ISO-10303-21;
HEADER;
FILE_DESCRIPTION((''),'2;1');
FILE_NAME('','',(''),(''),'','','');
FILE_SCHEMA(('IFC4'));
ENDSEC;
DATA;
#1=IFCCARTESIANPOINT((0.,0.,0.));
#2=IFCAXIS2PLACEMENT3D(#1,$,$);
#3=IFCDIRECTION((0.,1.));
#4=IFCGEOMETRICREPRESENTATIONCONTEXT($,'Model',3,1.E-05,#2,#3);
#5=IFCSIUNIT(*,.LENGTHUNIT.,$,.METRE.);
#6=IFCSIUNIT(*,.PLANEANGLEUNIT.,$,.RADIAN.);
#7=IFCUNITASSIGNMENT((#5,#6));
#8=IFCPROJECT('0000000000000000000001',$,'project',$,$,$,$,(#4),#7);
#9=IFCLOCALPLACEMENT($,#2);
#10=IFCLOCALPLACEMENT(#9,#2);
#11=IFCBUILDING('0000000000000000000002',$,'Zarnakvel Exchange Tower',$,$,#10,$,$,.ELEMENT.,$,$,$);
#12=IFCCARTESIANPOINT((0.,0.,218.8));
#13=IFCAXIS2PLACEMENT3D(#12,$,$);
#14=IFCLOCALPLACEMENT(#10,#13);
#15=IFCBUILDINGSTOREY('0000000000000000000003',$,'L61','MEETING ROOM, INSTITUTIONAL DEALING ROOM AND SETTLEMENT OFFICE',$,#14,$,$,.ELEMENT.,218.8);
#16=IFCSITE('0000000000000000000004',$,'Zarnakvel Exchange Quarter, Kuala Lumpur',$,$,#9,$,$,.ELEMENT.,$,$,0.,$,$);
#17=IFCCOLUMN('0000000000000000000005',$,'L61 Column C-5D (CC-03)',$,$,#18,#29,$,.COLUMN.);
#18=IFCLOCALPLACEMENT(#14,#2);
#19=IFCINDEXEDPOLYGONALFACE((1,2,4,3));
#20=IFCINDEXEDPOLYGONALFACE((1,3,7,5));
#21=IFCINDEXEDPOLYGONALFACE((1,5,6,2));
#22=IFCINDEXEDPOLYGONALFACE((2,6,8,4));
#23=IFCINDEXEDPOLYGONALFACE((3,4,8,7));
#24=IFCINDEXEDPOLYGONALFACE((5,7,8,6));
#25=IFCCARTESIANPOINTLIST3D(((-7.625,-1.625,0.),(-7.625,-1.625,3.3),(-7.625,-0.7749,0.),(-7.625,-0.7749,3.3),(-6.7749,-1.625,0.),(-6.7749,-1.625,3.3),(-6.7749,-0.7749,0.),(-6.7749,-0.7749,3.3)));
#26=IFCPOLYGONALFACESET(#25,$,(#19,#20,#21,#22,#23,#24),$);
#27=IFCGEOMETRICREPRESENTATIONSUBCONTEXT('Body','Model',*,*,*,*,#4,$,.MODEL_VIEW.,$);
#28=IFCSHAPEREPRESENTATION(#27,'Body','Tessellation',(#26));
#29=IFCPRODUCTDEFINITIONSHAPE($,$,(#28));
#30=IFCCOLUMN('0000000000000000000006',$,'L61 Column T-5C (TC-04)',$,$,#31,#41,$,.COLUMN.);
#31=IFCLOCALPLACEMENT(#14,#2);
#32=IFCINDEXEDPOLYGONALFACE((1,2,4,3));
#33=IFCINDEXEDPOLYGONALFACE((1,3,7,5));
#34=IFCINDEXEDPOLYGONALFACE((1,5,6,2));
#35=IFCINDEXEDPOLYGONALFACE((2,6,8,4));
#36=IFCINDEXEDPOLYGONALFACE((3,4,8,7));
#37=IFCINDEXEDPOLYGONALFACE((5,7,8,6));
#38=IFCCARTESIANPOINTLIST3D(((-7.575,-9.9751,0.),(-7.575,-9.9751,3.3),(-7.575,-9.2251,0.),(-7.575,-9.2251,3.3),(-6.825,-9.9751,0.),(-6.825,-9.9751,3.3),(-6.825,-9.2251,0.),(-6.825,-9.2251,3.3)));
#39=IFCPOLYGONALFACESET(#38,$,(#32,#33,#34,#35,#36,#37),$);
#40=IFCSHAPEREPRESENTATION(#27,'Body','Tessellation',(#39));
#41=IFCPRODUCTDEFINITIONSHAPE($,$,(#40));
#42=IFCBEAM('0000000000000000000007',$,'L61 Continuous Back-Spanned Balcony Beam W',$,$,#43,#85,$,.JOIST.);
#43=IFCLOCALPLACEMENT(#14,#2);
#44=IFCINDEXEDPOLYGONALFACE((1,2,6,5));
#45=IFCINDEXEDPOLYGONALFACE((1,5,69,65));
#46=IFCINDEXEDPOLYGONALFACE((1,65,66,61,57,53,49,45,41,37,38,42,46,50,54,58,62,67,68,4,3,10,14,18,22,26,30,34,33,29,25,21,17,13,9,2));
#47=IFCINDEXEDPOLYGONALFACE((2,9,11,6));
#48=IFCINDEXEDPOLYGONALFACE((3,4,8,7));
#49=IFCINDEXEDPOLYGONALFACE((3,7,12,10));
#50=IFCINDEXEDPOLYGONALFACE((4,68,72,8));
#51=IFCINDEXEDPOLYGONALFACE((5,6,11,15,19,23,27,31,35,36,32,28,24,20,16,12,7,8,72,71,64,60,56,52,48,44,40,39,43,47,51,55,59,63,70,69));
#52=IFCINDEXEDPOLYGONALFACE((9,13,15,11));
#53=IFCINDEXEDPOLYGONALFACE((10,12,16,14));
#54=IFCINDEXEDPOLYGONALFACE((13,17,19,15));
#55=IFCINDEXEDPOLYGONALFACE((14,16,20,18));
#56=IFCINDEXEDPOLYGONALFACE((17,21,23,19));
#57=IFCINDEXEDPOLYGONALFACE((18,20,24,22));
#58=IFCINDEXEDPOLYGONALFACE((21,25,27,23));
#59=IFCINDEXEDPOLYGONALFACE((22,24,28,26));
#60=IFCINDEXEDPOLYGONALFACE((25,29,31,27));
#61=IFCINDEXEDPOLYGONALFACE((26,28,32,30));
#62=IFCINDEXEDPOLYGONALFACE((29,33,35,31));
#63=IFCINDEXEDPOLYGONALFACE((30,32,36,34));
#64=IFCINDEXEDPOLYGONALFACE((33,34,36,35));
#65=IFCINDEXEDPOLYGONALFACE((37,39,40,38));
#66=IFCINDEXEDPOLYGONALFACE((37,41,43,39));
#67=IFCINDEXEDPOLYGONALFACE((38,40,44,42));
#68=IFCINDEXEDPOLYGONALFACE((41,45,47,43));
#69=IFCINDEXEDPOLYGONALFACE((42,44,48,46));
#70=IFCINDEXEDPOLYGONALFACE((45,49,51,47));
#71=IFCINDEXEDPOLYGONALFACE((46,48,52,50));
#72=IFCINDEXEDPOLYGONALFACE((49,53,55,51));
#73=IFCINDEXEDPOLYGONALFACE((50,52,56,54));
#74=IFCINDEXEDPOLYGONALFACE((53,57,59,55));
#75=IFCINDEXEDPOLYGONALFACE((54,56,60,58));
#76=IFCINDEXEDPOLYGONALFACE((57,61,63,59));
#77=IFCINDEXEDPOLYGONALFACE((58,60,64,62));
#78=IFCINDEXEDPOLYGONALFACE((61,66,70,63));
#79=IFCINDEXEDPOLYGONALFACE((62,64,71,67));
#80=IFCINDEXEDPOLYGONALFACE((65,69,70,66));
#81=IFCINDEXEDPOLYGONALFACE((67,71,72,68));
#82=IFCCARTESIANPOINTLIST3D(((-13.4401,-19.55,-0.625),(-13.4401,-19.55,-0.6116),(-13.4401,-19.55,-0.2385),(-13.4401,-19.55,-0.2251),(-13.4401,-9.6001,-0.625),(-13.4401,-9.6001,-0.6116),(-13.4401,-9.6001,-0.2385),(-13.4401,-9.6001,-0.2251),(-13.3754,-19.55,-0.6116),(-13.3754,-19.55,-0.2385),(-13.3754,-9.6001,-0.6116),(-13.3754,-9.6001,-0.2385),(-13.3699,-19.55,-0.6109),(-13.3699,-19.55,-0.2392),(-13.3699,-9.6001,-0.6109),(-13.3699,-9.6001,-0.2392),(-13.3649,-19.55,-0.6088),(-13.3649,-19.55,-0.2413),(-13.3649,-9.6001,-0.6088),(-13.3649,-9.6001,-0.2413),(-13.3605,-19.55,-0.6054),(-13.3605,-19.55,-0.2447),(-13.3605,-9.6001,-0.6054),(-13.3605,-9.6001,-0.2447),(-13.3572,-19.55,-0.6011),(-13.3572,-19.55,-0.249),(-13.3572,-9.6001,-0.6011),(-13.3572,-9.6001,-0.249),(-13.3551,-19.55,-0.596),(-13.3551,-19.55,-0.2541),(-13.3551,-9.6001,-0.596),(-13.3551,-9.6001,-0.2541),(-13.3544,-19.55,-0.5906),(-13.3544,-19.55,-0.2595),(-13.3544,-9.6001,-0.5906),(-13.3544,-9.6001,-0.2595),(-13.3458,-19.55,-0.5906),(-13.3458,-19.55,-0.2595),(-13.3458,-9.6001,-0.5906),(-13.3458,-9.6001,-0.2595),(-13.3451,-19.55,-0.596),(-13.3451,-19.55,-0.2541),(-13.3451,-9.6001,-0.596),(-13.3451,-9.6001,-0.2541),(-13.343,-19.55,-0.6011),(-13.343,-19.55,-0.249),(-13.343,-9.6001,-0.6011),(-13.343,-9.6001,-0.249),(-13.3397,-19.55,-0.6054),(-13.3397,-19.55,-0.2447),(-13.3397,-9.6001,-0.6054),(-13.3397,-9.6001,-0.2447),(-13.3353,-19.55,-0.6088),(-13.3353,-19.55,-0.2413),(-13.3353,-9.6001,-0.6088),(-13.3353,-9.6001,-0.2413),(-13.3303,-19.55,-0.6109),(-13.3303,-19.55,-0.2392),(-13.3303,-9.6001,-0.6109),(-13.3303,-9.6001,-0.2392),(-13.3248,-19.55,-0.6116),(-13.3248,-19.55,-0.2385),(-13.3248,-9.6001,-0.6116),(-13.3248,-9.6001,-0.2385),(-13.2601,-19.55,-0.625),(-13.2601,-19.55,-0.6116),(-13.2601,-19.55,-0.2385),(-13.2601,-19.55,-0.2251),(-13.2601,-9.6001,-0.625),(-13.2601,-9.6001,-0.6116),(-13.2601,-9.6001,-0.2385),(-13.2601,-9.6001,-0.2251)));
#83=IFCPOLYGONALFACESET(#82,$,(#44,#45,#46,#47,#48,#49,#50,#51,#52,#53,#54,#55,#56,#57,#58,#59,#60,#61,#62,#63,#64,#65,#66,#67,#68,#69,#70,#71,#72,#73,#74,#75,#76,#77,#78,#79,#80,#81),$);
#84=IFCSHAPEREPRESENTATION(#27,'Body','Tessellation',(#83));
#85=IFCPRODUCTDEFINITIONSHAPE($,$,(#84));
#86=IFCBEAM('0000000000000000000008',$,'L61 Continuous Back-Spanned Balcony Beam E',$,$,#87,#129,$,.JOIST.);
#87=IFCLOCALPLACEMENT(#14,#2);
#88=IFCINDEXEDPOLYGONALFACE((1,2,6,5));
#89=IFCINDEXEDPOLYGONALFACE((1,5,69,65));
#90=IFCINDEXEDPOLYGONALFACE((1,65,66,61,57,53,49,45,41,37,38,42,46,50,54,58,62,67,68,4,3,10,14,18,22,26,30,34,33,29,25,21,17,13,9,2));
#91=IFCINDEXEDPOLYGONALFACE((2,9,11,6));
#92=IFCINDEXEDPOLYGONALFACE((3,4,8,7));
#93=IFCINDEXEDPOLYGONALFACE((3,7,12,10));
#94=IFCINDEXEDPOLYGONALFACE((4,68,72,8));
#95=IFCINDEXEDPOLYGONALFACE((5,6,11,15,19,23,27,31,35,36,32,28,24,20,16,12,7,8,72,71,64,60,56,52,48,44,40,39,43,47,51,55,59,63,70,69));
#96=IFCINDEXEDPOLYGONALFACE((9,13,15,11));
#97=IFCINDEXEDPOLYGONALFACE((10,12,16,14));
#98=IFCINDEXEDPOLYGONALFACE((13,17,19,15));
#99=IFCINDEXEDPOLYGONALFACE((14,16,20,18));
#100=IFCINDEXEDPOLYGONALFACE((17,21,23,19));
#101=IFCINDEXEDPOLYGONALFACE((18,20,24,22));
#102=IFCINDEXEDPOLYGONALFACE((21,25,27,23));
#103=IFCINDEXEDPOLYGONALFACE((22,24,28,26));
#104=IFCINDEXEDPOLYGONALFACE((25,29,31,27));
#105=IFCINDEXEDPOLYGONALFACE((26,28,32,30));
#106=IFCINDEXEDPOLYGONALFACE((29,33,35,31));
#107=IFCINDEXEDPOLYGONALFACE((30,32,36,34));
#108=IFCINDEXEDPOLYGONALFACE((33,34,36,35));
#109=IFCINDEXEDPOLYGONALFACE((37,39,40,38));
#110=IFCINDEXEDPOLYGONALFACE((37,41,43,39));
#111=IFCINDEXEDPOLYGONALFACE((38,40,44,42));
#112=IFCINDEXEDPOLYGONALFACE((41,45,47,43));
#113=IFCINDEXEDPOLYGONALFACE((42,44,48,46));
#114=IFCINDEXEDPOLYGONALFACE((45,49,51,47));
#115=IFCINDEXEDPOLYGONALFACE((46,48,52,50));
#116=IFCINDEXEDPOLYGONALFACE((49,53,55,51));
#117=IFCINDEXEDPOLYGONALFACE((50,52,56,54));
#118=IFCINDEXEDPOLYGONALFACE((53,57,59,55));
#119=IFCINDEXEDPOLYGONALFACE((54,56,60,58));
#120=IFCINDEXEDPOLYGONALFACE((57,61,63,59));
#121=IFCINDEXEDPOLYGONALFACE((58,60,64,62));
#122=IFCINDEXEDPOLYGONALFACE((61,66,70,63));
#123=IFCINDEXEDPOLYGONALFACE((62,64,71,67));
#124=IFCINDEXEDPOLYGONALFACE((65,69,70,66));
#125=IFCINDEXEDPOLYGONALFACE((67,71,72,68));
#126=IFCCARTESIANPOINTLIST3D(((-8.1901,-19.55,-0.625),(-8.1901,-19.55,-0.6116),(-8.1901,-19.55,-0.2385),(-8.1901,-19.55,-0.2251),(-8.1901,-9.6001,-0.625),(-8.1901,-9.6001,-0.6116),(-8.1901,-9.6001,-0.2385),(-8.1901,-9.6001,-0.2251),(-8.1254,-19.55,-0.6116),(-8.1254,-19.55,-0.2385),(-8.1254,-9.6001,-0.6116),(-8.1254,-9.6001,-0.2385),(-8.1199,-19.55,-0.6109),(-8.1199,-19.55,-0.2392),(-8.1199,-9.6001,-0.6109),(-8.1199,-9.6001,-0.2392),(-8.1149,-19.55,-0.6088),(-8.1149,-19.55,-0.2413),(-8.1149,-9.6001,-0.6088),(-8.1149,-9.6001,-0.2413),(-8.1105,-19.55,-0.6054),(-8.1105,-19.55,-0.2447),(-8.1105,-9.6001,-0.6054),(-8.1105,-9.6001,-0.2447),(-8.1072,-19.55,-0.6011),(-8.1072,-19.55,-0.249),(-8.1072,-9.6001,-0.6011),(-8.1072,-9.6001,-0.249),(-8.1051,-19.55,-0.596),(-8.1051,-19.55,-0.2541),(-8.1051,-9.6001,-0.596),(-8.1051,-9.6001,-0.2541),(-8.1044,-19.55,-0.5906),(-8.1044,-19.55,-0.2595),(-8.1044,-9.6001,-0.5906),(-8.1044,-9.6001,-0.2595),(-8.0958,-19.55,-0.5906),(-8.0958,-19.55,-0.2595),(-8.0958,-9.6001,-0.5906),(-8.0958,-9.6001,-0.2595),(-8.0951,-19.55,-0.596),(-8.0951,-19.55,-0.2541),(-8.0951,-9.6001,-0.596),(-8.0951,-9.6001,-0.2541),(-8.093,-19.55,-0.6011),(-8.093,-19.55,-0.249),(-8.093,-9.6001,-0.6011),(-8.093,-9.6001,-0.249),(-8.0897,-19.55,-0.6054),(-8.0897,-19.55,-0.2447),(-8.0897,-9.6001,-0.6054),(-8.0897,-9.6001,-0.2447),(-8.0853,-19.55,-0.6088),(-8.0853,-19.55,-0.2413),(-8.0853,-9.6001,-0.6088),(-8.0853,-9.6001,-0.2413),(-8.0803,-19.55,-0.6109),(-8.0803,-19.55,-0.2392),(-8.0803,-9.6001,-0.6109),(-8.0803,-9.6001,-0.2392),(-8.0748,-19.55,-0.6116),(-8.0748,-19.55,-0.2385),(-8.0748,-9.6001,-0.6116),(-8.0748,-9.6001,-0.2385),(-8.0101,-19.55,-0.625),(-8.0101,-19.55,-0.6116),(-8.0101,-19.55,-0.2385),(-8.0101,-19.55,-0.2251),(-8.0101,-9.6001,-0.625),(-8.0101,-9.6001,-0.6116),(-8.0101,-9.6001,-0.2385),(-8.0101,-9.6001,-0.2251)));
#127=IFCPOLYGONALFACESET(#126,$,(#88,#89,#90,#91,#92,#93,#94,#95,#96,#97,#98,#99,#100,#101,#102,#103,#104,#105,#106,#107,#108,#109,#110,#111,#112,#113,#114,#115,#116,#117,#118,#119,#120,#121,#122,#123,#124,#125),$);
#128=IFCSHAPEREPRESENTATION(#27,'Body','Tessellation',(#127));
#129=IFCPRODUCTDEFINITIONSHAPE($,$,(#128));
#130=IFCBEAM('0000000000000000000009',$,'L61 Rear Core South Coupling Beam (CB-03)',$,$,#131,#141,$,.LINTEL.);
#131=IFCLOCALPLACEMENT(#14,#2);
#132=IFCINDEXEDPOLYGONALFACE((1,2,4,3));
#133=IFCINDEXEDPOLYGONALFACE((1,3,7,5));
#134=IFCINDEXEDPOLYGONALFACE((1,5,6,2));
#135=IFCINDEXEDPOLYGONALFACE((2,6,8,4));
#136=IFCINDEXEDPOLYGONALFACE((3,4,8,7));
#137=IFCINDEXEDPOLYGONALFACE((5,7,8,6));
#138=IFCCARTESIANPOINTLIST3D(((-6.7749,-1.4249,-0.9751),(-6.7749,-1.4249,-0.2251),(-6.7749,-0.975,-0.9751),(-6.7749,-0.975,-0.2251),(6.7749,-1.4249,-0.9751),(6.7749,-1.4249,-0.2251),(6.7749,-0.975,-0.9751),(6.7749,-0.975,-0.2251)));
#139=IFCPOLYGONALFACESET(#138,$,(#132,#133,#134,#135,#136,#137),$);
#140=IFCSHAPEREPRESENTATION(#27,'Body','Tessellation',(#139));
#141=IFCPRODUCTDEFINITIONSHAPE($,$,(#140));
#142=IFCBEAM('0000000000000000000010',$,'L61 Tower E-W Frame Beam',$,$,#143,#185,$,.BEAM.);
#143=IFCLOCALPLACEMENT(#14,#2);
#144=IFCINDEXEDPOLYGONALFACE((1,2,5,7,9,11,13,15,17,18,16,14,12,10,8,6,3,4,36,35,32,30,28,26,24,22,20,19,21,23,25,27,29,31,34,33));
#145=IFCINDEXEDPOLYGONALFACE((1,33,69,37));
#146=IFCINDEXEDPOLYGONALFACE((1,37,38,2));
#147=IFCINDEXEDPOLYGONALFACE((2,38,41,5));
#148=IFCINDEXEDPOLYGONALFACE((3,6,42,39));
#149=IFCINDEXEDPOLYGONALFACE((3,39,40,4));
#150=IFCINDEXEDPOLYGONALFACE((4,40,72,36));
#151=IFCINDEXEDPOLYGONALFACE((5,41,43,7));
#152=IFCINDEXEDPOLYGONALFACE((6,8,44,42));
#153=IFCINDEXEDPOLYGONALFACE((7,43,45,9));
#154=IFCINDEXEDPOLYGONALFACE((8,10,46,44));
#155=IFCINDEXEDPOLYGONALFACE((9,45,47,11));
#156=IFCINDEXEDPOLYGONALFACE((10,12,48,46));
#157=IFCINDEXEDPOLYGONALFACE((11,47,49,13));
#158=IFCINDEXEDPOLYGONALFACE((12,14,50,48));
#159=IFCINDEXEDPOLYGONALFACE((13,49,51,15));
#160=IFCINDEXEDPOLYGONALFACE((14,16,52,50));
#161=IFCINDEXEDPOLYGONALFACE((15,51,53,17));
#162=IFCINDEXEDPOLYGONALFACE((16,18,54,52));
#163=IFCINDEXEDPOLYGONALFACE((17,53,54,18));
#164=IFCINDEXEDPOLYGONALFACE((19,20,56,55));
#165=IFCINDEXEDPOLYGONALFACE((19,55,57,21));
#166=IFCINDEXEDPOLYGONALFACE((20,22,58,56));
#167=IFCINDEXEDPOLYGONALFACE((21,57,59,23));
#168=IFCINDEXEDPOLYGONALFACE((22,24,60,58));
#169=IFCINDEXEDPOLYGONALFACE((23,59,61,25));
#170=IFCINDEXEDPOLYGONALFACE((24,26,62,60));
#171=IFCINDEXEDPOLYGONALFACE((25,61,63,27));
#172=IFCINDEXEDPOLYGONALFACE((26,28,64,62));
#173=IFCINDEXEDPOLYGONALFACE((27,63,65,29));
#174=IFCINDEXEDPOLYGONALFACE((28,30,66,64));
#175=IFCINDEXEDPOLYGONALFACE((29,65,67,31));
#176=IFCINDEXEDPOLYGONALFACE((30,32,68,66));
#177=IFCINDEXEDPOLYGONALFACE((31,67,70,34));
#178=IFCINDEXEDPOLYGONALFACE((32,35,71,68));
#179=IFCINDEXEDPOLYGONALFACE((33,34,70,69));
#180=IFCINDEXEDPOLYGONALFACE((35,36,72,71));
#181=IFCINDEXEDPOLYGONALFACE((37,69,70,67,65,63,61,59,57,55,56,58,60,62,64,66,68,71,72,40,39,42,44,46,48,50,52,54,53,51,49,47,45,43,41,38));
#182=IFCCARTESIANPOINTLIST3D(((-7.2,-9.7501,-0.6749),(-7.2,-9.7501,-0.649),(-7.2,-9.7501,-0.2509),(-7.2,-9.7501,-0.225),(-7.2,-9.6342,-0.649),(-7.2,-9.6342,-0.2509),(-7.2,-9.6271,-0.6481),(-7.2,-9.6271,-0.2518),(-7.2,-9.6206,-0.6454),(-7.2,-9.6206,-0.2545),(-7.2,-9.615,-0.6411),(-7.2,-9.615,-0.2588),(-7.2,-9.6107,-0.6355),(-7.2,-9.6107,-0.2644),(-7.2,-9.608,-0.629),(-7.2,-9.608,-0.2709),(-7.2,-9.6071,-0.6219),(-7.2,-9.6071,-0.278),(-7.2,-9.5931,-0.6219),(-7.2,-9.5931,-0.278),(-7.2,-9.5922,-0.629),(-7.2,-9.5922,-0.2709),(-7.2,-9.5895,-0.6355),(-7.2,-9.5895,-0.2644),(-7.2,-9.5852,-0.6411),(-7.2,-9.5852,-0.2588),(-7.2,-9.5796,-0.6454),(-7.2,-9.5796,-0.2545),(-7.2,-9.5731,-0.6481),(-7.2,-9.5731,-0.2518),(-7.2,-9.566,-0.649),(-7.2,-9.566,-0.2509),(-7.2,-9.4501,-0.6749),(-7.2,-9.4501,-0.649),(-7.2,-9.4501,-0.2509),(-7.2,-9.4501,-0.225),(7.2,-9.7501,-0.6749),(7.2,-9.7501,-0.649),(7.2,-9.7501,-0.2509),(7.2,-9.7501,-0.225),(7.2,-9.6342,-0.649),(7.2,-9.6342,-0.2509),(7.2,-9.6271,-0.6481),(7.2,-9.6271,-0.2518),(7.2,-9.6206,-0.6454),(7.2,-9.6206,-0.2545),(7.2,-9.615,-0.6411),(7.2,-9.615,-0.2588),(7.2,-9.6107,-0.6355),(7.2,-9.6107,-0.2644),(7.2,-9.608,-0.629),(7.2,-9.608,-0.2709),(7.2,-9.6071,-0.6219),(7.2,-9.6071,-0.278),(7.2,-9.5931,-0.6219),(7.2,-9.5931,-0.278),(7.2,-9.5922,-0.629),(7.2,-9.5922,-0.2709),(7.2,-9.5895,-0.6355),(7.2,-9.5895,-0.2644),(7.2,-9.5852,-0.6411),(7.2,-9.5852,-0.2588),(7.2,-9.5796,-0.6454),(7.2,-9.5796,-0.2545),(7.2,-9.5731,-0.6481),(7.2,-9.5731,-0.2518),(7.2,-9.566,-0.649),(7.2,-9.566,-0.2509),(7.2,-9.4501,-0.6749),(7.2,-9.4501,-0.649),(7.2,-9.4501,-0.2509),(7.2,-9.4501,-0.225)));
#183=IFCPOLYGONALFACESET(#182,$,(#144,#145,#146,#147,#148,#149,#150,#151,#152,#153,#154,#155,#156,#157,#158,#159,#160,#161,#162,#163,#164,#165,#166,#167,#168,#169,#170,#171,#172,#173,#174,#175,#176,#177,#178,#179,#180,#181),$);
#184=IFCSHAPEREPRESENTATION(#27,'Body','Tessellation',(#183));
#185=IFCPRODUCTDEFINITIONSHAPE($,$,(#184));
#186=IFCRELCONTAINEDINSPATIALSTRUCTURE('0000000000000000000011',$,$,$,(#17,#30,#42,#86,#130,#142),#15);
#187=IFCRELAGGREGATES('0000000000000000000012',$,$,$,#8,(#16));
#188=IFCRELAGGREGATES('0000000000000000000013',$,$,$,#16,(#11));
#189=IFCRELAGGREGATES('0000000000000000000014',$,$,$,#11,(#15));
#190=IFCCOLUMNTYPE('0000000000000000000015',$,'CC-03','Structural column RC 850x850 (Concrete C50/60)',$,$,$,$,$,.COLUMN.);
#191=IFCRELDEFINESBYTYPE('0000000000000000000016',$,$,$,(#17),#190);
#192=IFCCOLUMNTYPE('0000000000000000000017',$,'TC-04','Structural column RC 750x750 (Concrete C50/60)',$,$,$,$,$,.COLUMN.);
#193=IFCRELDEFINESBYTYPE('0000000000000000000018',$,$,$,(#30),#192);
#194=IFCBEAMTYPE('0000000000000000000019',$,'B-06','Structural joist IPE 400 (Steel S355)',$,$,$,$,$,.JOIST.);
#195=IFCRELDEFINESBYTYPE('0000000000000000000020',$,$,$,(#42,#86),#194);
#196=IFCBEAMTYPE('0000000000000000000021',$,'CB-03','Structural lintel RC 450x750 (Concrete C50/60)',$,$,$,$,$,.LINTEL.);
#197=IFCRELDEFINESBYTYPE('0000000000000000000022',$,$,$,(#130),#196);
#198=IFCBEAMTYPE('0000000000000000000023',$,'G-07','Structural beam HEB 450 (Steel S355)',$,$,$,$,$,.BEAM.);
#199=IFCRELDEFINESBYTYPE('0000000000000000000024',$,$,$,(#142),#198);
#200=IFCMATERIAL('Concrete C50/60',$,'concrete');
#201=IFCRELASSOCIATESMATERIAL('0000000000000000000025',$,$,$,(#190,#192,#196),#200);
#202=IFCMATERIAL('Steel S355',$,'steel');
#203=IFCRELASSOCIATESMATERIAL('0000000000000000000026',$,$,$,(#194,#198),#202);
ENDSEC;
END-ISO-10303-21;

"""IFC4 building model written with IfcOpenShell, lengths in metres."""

from ifc_helpers import new_model, si_unit, direction, frame, origin, origin_2d, place, context, subcontext, project, spatial, rectangle, i_section, extrude, material, material_profile, profile_set, type_object, element, save


model = new_model("IFC4")

# Units and contexts
model_context = context("Model", 3, precision=1e-05, world=origin(), true_north=direction((0.0, 1.0)))
body_context = subcontext(model_context, "Body", "Model", "MODEL_VIEW")
ifc_project = project(units=[si_unit("LENGTHUNIT", "METRE"), si_unit("PLANEANGLEUNIT", "RADIAN")], contexts=[model_context])

# Site, building, storey
site_placement = place(None, origin())
site = spatial("IfcSite", under=ifc_project, at=site_placement, Name="Zarnakvel Exchange Quarter, Kuala Lumpur", CompositionType="ELEMENT", RefElevation=0.0)
building_placement = place(site_placement, origin())
building = spatial("IfcBuilding", under=site, at=building_placement, Name="Zarnakvel Exchange Tower", CompositionType="ELEMENT")
storey_placement = place(building_placement, frame((0.0, 0.0, 218.8)))
storey = spatial("IfcBuildingStorey", under=building, at=storey_placement, Name="L61", Description="MEETING ROOM, INSTITUTIONAL DEALING ROOM AND SETTLEMENT OFFICE", CompositionType="ELEMENT", Elevation=218.8)

# Columns
ifc_material_1 = material(Name="Concrete C50/60", Category="concrete")
ifc_material_profile_1 = material_profile(ifc_material_1, rectangle(XDim=0.8501, YDim=0.8501, at=origin_2d()))
ifc_profile_set_1 = profile_set([ifc_material_profile_1], Name="Concrete C50/60")
column_type_1 = type_object("IfcColumnType", Name="CC-03", Description="Structural column RC 850x850 (Concrete C50/60)", PredefinedType="COLUMN", material=ifc_profile_set_1)
column_1_placement = place(storey_placement, frame((-7.2, -1.2, 0.0), z_axis=(0.0, 0.0, 1.0), x_axis=(1.0, 0.0, 0.0)))
element("IfcColumn", 1, at=column_1_placement, inside=storey, type_object=column_type_1, Name="L61 Column C-5D (CC-03)", PredefinedType="COLUMN", context=body_context, shape_type="SweptSolid", body=[
    extrude(rectangle(XDim=0.8501, YDim=0.8501, at=origin_2d()), origin(), (0.0, 0.0, 1.0), 3.3),
])
ifc_material_profile_2 = material_profile(ifc_material_1, rectangle(XDim=0.75, YDim=0.75, at=origin_2d()))
ifc_profile_set_2 = profile_set([ifc_material_profile_2], Name="Concrete C50/60")
column_type_2 = type_object("IfcColumnType", Name="TC-04", Description="Structural column RC 750x750 (Concrete C50/60)", PredefinedType="COLUMN", material=ifc_profile_set_2)
column_2_placement = place(storey_placement, frame((-7.2, -9.6001, 0.0), z_axis=(0.0, 0.0, 1.0), x_axis=(1.0, 0.0, 0.0)))
element("IfcColumn", 2, at=column_2_placement, inside=storey, type_object=column_type_2, Name="L61 Column T-5C (TC-04)", PredefinedType="COLUMN", context=body_context, shape_type="SweptSolid", body=[
    extrude(rectangle(XDim=0.75, YDim=0.75, at=origin_2d()), origin(), (0.0, 0.0, 1.0), 3.3),
])

# Beams
ifc_material_2 = material(Name="Steel S355", Category="steel")
ifc_material_profile_3 = material_profile(ifc_material_2, i_section(OverallWidth=0.1799, OverallDepth=0.3999, WebThickness=0.0085, FlangeThickness=0.0134, FilletRadius=0.021, at=origin_2d()))
ifc_profile_set_3 = profile_set([ifc_material_profile_3], Name="Steel S355")
beam_type_1 = type_object("IfcBeamType", Name="B-06", Description="Structural joist IPE 400 (Steel S355)", PredefinedType="JOIST", material=ifc_profile_set_3)
for number, where, z_axis, x_axis, name in (
    (3, (-13.3501, -9.6001, -0.425), (0.0, -1.0, 0.0), (1.0, 0.0, 0.0), "L61 Continuous Back-Spanned Balcony Beam W"),
    (4, (-8.1001, -9.6001, -0.425), (0.0, -1.0, 0.0), (1.0, 0.0, 0.0), "L61 Continuous Back-Spanned Balcony Beam E"),
):
    element("IfcBeam", number, at=place(storey_placement, frame(where, z_axis=z_axis, x_axis=x_axis)), inside=storey, type_object=beam_type_1, Name=name, PredefinedType="JOIST", context=body_context, shape_type="SweptSolid", body=[
        extrude(i_section(OverallWidth=0.1799, OverallDepth=0.3999, WebThickness=0.0085, FlangeThickness=0.0134, FilletRadius=0.021, at=origin_2d()), origin(), (0.0, 0.0, 1.0), 9.95),
    ])
ifc_material_profile_4 = material_profile(ifc_material_1, rectangle(XDim=0.45, YDim=0.75, at=origin_2d()))
ifc_profile_set_4 = profile_set([ifc_material_profile_4], Name="Concrete C50/60")
beam_type_2 = type_object("IfcBeamType", Name="CB-03", Description="Structural lintel RC 450x750 (Concrete C50/60)", PredefinedType="LINTEL", material=ifc_profile_set_4)
beam_1_placement = place(storey_placement, frame((-6.7749, -1.2, -0.6001), z_axis=(1.0, 0.0, 0.0), x_axis=(0.0, 1.0, 0.0)))
element("IfcBeam", 5, at=beam_1_placement, inside=storey, type_object=beam_type_2, Name="L61 Rear Core South Coupling Beam (CB-03)", PredefinedType="LINTEL", context=body_context, shape_type="SweptSolid", body=[
    extrude(rectangle(XDim=0.45, YDim=0.75, at=origin_2d()), origin(), (0.0, 0.0, 1.0), 13.5498),
])
ifc_material_profile_5 = material_profile(ifc_material_2, i_section(OverallWidth=0.3, OverallDepth=0.45, WebThickness=0.0139, FlangeThickness=0.0259, FilletRadius=0.0271, at=origin_2d()))
ifc_profile_set_5 = profile_set([ifc_material_profile_5], Name="Steel S355")
beam_type_3 = type_object("IfcBeamType", Name="G-07", Description="Structural beam HEB 450 (Steel S355)", PredefinedType="BEAM", material=ifc_profile_set_5)
beam_2_placement = place(storey_placement, frame((-7.2, -9.6001, -0.45), z_axis=(1.0, 0.0, 0.0), x_axis=(0.0, 1.0, 0.0)))
element("IfcBeam", 6, at=beam_2_placement, inside=storey, type_object=beam_type_3, Name="L61 Tower E-W Frame Beam", PredefinedType="BEAM", context=body_context, shape_type="SweptSolid", body=[
    extrude(i_section(OverallWidth=0.3, OverallDepth=0.45, WebThickness=0.0139, FlangeThickness=0.0259, FilletRadius=0.0271, at=origin_2d()), origin(), (0.0, 0.0, 1.0), 14.3999),
])

save(model, "model.ifc")
